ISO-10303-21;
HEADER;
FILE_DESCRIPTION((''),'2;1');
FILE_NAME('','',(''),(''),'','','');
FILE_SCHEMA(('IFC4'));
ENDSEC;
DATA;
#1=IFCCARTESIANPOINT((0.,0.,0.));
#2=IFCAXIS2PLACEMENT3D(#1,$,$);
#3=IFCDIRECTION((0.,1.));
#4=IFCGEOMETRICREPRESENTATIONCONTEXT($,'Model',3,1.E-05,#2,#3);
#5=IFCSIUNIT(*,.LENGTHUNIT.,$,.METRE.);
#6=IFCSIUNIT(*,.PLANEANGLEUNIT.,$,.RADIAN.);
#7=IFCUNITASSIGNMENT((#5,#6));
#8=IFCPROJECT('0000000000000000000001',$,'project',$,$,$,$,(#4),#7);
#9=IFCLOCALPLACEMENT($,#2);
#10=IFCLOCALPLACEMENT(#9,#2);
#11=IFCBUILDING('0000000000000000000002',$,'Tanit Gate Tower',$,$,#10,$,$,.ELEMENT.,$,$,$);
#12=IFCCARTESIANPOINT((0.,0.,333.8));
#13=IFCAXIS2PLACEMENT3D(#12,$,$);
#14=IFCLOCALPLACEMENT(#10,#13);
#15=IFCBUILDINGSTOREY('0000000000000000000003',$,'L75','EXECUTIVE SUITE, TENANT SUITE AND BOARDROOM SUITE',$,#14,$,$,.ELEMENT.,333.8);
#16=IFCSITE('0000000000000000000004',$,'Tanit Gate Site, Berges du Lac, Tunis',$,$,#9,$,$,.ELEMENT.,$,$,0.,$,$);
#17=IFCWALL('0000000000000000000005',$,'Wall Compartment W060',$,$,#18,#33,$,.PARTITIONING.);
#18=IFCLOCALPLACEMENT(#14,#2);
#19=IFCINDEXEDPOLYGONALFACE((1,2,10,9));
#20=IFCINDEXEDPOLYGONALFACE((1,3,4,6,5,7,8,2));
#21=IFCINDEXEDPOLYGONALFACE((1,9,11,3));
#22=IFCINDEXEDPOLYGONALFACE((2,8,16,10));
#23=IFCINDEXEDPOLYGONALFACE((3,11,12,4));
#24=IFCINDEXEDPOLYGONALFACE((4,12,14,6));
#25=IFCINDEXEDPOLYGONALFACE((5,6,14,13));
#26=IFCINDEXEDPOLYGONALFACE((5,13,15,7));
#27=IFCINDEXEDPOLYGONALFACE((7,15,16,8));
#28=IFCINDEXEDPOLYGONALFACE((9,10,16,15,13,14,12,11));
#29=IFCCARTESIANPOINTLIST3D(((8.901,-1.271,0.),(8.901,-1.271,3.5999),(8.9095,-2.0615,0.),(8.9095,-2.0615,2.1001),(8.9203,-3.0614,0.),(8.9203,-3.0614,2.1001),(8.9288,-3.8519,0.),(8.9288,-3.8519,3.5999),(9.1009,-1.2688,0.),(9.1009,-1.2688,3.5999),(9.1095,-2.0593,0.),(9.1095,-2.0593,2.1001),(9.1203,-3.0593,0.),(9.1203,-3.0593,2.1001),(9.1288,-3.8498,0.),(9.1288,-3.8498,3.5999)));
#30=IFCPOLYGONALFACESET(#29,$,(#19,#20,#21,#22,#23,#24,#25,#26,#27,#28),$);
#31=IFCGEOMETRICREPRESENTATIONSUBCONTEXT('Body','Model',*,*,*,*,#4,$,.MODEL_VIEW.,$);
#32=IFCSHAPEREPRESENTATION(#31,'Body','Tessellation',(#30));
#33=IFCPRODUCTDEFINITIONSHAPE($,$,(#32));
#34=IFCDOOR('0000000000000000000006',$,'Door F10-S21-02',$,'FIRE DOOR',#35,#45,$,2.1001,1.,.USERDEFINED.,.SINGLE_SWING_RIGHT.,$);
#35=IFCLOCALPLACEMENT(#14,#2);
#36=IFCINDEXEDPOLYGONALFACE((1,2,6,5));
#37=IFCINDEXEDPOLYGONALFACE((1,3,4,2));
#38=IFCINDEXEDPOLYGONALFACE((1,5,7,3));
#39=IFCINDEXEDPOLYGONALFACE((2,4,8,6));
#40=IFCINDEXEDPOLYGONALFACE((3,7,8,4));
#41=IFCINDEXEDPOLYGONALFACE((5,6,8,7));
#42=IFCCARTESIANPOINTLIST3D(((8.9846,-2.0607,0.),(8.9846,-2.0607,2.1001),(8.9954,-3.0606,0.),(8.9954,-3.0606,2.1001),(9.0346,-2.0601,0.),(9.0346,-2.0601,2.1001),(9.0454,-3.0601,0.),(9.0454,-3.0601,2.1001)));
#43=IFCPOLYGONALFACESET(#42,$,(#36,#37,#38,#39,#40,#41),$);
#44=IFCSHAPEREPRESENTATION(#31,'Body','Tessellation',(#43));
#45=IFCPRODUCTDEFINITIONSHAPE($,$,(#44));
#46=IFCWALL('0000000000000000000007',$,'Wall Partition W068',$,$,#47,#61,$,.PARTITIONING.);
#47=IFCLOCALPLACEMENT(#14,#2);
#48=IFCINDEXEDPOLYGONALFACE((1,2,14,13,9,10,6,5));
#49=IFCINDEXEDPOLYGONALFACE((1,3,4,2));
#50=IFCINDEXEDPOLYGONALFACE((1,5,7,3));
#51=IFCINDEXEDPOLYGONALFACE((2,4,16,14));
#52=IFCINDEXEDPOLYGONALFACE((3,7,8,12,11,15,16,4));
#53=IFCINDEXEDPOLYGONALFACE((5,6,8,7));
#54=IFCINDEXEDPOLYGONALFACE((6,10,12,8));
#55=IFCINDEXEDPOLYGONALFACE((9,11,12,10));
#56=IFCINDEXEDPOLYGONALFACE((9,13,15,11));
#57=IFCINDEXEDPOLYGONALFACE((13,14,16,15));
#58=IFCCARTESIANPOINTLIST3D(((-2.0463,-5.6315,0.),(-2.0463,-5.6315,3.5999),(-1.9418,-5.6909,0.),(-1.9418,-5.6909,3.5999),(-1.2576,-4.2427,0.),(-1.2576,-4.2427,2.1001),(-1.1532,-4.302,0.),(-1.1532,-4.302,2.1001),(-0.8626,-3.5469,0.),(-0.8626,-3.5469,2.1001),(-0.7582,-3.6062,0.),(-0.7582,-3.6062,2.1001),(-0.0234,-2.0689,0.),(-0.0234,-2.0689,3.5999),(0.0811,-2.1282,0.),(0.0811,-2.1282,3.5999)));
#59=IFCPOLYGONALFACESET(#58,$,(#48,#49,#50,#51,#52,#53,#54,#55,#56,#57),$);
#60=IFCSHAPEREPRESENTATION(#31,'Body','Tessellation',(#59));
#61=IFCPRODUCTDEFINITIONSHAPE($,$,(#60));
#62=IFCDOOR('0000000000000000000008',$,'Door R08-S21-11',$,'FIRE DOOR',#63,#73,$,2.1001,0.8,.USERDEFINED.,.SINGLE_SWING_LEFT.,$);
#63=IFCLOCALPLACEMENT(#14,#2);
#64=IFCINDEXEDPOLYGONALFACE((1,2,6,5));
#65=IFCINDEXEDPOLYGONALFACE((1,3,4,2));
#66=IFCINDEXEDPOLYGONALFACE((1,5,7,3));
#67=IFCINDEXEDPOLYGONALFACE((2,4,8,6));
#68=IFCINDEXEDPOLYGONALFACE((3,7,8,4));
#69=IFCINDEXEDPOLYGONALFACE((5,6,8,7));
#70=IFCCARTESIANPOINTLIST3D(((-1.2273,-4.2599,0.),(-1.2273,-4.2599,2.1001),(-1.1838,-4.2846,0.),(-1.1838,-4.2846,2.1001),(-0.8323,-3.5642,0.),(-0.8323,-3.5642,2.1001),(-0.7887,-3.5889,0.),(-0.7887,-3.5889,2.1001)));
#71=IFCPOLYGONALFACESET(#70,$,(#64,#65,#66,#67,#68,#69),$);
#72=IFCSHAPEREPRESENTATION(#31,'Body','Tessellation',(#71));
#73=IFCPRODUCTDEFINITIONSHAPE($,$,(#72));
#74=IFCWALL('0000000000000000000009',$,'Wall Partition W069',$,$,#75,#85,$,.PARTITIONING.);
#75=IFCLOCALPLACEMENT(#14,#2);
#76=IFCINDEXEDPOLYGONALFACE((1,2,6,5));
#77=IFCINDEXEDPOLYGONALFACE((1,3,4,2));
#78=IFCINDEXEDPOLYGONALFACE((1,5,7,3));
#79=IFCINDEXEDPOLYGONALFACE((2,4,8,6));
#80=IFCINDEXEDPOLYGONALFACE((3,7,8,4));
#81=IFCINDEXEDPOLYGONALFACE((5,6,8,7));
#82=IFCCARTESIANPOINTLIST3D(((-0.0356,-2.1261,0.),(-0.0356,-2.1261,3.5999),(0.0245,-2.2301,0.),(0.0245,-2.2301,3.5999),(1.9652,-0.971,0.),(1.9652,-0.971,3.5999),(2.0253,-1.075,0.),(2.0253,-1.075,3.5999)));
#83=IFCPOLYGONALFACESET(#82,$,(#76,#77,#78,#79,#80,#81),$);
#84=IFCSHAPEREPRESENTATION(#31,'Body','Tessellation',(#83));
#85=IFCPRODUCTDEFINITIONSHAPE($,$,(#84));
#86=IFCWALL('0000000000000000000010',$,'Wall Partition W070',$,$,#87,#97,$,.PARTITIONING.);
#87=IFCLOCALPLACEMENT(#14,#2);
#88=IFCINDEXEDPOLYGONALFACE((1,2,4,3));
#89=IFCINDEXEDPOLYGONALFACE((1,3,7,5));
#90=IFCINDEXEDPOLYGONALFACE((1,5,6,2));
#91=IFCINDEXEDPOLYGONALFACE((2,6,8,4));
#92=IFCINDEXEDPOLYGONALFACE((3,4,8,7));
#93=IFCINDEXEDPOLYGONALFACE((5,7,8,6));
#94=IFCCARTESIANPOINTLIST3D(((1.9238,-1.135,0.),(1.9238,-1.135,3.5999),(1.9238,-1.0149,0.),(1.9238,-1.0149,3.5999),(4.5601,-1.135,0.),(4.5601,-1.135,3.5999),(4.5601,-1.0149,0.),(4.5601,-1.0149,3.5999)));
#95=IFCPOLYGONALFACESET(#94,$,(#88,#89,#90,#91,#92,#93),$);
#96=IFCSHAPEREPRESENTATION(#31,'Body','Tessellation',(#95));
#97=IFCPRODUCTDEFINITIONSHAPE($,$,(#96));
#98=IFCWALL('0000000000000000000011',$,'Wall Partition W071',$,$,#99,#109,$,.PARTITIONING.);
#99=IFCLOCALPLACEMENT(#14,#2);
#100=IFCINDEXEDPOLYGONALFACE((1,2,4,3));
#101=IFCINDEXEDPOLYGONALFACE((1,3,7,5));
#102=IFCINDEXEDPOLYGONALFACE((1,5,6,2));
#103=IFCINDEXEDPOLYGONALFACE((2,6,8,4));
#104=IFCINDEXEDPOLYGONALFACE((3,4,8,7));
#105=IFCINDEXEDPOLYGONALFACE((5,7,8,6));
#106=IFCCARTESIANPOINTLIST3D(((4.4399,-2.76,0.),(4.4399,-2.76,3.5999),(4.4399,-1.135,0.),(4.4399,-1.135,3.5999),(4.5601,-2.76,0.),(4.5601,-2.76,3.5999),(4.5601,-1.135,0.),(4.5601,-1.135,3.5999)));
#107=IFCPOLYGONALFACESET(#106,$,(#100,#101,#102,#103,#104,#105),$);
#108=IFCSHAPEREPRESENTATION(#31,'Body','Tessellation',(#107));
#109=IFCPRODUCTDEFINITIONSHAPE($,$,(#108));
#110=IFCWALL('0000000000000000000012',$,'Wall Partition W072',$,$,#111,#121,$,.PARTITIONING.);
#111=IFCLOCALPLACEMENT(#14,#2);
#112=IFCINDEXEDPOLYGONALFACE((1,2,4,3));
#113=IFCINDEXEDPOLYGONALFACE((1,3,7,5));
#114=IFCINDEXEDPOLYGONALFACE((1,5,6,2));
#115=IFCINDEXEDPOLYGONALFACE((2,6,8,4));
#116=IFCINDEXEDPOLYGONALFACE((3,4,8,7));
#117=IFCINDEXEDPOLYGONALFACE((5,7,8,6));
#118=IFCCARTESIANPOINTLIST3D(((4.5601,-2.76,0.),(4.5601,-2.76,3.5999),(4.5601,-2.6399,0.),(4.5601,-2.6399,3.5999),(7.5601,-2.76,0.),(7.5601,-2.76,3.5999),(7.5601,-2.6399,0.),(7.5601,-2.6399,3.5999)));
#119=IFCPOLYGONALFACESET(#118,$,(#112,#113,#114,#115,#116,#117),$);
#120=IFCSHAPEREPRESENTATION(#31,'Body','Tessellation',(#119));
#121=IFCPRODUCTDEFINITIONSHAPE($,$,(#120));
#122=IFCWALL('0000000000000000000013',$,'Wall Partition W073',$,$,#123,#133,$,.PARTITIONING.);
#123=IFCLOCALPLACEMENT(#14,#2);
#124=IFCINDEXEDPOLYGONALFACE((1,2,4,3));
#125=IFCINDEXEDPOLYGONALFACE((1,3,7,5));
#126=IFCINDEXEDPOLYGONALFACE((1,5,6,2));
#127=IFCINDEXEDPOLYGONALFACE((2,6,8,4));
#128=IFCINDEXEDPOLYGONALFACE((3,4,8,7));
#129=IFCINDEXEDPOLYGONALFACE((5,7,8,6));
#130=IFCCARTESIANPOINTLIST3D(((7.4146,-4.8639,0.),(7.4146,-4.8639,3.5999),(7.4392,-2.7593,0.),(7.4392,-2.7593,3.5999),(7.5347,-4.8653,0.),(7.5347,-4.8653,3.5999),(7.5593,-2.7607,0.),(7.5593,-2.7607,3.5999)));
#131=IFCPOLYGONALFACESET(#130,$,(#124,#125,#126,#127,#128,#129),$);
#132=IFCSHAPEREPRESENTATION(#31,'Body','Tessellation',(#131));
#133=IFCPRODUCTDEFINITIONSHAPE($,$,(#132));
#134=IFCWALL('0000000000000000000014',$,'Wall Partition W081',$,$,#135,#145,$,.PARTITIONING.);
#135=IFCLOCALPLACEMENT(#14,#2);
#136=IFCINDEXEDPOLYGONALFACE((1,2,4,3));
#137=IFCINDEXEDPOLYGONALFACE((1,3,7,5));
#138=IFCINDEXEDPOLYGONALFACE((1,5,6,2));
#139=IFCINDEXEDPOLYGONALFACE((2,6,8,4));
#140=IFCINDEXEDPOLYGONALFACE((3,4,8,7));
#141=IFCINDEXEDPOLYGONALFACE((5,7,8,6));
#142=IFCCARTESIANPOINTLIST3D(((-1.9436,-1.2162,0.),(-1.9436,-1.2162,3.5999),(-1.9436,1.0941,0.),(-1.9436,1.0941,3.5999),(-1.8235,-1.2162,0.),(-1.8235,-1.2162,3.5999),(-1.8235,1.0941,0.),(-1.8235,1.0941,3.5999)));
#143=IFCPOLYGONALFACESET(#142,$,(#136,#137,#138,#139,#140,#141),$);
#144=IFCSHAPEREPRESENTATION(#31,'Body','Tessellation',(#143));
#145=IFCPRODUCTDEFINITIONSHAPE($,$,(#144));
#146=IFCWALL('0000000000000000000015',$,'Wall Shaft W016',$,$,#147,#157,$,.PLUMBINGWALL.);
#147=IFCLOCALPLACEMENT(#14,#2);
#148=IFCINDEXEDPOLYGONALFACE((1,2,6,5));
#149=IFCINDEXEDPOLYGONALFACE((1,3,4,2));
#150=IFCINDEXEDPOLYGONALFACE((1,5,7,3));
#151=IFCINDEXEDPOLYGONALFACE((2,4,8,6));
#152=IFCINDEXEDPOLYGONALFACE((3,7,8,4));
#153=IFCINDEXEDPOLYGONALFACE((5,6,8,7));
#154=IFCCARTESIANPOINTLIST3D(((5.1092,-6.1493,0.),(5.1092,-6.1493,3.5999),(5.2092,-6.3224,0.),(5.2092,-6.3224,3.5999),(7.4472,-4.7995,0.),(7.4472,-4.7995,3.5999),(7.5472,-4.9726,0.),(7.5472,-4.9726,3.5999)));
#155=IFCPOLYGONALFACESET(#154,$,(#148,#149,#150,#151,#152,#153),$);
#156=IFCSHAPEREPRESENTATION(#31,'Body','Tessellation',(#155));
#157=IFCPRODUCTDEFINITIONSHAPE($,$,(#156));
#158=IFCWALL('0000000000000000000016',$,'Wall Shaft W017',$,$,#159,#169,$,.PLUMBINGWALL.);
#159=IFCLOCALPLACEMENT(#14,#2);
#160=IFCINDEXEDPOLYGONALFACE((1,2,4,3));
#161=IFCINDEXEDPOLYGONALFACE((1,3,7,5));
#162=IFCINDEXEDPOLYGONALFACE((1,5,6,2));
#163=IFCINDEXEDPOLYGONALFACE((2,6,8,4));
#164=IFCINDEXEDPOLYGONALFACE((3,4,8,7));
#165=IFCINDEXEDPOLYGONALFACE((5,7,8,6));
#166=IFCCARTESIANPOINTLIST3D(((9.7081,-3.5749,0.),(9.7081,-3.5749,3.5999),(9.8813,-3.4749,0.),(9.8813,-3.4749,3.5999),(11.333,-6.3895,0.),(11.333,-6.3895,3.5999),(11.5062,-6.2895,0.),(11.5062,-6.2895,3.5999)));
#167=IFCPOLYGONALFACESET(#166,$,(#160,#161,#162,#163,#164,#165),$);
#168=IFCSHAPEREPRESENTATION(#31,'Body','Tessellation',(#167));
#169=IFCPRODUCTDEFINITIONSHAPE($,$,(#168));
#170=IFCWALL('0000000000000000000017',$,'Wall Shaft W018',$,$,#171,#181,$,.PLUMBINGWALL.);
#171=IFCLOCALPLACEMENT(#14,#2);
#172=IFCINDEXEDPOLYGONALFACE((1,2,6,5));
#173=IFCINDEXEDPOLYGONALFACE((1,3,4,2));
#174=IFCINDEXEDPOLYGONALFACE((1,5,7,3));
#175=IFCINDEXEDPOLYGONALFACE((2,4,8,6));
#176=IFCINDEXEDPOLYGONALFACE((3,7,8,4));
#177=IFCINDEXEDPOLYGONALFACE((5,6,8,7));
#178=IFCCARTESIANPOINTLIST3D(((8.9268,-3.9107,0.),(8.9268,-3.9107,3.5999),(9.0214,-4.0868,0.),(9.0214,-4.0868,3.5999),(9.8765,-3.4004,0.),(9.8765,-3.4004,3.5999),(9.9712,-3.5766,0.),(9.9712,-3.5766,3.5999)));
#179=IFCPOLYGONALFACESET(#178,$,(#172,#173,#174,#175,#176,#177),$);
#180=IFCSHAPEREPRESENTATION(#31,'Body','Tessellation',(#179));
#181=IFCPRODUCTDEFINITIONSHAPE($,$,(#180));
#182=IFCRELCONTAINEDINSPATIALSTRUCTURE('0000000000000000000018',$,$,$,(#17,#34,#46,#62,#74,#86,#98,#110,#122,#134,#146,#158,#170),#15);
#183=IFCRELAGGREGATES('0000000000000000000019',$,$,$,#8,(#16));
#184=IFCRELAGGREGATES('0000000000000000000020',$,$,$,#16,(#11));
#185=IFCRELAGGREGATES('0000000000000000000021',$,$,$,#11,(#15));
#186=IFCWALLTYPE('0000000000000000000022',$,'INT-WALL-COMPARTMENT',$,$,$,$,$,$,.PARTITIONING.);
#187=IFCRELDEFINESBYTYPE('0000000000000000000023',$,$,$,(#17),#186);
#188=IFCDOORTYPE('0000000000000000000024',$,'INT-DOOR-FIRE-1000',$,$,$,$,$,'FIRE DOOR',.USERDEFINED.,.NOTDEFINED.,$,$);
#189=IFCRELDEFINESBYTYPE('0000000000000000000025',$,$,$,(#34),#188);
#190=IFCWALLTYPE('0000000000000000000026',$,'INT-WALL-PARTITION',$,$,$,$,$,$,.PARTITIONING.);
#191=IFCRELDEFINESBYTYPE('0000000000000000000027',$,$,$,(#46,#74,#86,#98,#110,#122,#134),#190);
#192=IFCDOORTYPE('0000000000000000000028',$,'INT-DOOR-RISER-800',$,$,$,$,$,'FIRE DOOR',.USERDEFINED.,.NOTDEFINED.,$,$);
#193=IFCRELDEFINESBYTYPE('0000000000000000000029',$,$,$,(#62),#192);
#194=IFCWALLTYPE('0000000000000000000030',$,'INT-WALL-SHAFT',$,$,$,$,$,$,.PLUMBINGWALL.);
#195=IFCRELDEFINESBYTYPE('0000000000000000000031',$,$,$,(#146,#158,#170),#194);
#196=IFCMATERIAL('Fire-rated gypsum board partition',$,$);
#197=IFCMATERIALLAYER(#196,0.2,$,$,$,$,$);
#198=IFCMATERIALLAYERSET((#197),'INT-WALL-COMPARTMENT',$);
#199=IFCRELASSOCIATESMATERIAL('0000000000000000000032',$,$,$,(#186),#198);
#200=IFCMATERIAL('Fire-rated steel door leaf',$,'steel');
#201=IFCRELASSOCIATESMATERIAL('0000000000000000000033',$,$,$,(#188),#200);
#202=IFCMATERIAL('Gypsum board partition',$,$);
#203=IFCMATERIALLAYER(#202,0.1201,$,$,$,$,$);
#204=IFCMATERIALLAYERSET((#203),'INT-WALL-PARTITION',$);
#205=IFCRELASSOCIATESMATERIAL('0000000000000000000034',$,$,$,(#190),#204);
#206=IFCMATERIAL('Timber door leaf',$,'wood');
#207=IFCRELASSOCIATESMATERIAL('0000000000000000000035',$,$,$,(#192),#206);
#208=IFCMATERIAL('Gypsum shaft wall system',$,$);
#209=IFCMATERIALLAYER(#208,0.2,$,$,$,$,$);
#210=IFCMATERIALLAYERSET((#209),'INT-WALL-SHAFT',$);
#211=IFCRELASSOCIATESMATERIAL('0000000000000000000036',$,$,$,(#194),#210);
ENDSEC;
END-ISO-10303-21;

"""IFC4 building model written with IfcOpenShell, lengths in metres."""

from ifc_helpers import new_model, si_unit, direction, frame, frame_2d, origin, place, context, subcontext, project, spatial, rectangle, extrude, material, layer, layer_set, type_object, element, fill, save


model = new_model("IFC4")

# Units and contexts
model_context = context("Model", 3, precision=1e-05, world=origin(), true_north=direction((0.0, 1.0)))
body_context = subcontext(model_context, "Body", "Model", "MODEL_VIEW")
ifc_project = project(units=[si_unit("LENGTHUNIT", "METRE"), si_unit("PLANEANGLEUNIT", "RADIAN")], contexts=[model_context])

# Site, building, storey
site_placement = place(None, origin())
site = spatial("IfcSite", under=ifc_project, at=site_placement, Name="Tanit Gate Site, Berges du Lac, Tunis", CompositionType="ELEMENT", RefElevation=0.0)
building_placement = place(site_placement, origin())
building = spatial("IfcBuilding", under=site, at=building_placement, Name="Tanit Gate Tower", CompositionType="ELEMENT")
storey_placement = place(building_placement, frame((0.0, 0.0, 333.8)))
storey = spatial("IfcBuildingStorey", under=building, at=storey_placement, Name="L75", Description="EXECUTIVE SUITE, TENANT SUITE AND BOARDROOM SUITE", CompositionType="ELEMENT", Elevation=333.8)

# Walls, openings, doors
ifc_material_1 = material(Name="Fire-rated gypsum board partition")
ifc_layer_1 = layer(ifc_material_1, 0.2)
ifc_layer_set_1 = layer_set([ifc_layer_1], Name="INT-WALL-COMPARTMENT")
wall_type_1 = type_object("IfcWallType", Name="INT-WALL-COMPARTMENT", PredefinedType="PARTITIONING", material=ifc_layer_set_1)
wall_1_placement = place(storey_placement, frame((9.0288, -3.8508, 0.0), z_axis=(0.0, 0.0, 1.0), x_axis=(-0.010784, 0.999942, 0.0)))
wall_1 = element("IfcWall", 1, at=wall_1_placement, inside=storey, type_object=wall_type_1, Name="Wall Compartment W060", PredefinedType="PARTITIONING", context=body_context, shape_type="SweptSolid", body=[
    extrude(rectangle(XDim=2.5811, YDim=0.2, at=frame_2d((1.2905, 0.0))), origin(), (0.0, 0.0, 1.0), 3.5999),
])
opening_1_placement = place(wall_1_placement, frame((0.7905, 0.0, 0.0)))
opening_1 = element("IfcOpeningElement", 2, at=opening_1_placement, cuts=wall_1, PredefinedType="OPENING", context=body_context, shape_type="SweptSolid", body=[
    extrude(rectangle(XDim=1.0, YDim=2.1001, at=frame_2d((0.5, 1.05))), frame((0.0, 0.1099, 0.0), z_axis=(0.0, -1.0, 0.0), x_axis=(1.0, 0.0, 0.0)), (0.0, 0.0, 1.0), 0.22),
])
ifc_material_2 = material(Name="Fire-rated steel door leaf", Category="steel")
door_type_1 = type_object("IfcDoorType", Name="INT-DOOR-FIRE-1000", ElementType="FIRE DOOR", OperationType="NOTDEFINED", PredefinedType="USERDEFINED", material=ifc_material_2)
door_1_placement = place(opening_1_placement, origin())
door_1 = element("IfcDoor", 3, at=door_1_placement, inside=storey, type_object=door_type_1, Name="Door F10-S21-02", ObjectType="FIRE DOOR", OperationType="SINGLE_SWING_RIGHT", OverallHeight=2.1001, OverallWidth=1.0, PredefinedType="USERDEFINED", context=body_context, shape_type="SweptSolid", body=[
    extrude(rectangle(XDim=1.0, YDim=2.1001, at=frame_2d((0.5, 1.05))), frame((0.0, 0.0249, 0.0), z_axis=(0.0, -1.0, 0.0), x_axis=(1.0, 0.0, 0.0)), (0.0, 0.0, 1.0), 0.05),
])
fill(opening_1, door_1)
ifc_material_3 = material(Name="Gypsum board partition")
ifc_layer_2 = layer(ifc_material_3, 0.1201)
ifc_layer_set_2 = layer_set([ifc_layer_2], Name="INT-WALL-PARTITION")
wall_type_2 = type_object("IfcWallType", Name="INT-WALL-PARTITION", PredefinedType="PARTITIONING", material=ifc_layer_set_2)
wall_2_placement = place(storey_placement, frame((0.0288, -2.0986, 0.0), z_axis=(0.0, 0.0, 1.0), x_axis=(-0.493763, -0.869597, 0.0)))
wall_2 = element("IfcWall", 4, at=wall_2_placement, inside=storey, type_object=wall_type_2, Name="Wall Partition W068", PredefinedType="PARTITIONING", context=body_context, shape_type="SweptSolid", body=[
    extrude(rectangle(XDim=4.0969, YDim=0.1201, at=frame_2d((2.0483, 0.0))), origin(), (0.0, 0.0, 1.0), 3.5999),
])
opening_2_placement = place(wall_2_placement, frame((1.6997, 0.0, 0.0)))
opening_2 = element("IfcOpeningElement", 5, at=opening_2_placement, cuts=wall_2, PredefinedType="OPENING", context=body_context, shape_type="SweptSolid", body=[
    extrude(rectangle(XDim=0.8, YDim=2.1001, at=frame_2d((0.3999, 1.05))), frame((0.0, 0.0701, 0.0), z_axis=(0.0, -1.0, 0.0), x_axis=(1.0, 0.0, 0.0)), (0.0, 0.0, 1.0), 0.1401),
])
ifc_material_4 = material(Name="Timber door leaf", Category="wood")
door_type_2 = type_object("IfcDoorType", Name="INT-DOOR-RISER-800", ElementType="FIRE DOOR", OperationType="NOTDEFINED", PredefinedType="USERDEFINED", material=ifc_material_4)
door_2_placement = place(opening_2_placement, origin())
door_2 = element("IfcDoor", 6, at=door_2_placement, inside=storey, type_object=door_type_2, Name="Door R08-S21-11", ObjectType="FIRE DOOR", OperationType="SINGLE_SWING_LEFT", OverallHeight=2.1001, OverallWidth=0.8, PredefinedType="USERDEFINED", context=body_context, shape_type="SweptSolid", body=[
    extrude(rectangle(XDim=0.8, YDim=2.1001, at=frame_2d((0.3999, 1.05))), frame((0.0, 0.0249, 0.0), z_axis=(0.0, -1.0, 0.0), x_axis=(1.0, 0.0, 0.0)), (0.0, 0.0, 1.0), 0.05),
])
fill(opening_2, door_2)

# Walls
wall_3_placement = place(storey_placement, frame((1.9954, -1.0229, 0.0), z_axis=(0.0, 0.0, 1.0), x_axis=(-0.866043, -0.499969, 0.0)))
element("IfcWall", 7, at=wall_3_placement, inside=storey, type_object=wall_type_2, Name="Wall Partition W069", PredefinedType="PARTITIONING", context=body_context, shape_type="SweptSolid", body=[
    extrude(rectangle(XDim=2.3103, YDim=0.1201, at=frame_2d((1.1553, 0.0))), origin(), (0.0, 0.0, 1.0), 3.5999),
])
wall_4_placement = place(storey_placement, frame((4.5601, -1.075, 0.0), z_axis=(0.0, 0.0, 1.0), x_axis=(-1.0, 0.0, 0.0)))
element("IfcWall", 8, at=wall_4_placement, inside=storey, type_object=wall_type_2, Name="Wall Partition W070", PredefinedType="PARTITIONING", context=body_context, shape_type="SweptSolid", body=[
    extrude(rectangle(XDim=2.6362, YDim=0.1201, at=frame_2d((1.3181, 0.0))), origin(), (0.0, 0.0, 1.0), 3.5999),
])
wall_5_placement = place(storey_placement, frame((4.5, -2.76, 0.0), z_axis=(0.0, 0.0, 1.0), x_axis=(0.0, 1.0, 0.0)))
element("IfcWall", 9, at=wall_5_placement, inside=storey, type_object=wall_type_2, Name="Wall Partition W071", PredefinedType="PARTITIONING", context=body_context, shape_type="SweptSolid", body=[
    extrude(rectangle(XDim=1.625, YDim=0.1201, at=frame_2d((0.8125, 0.0))), origin(), (0.0, 0.0, 1.0), 3.5999),
])
wall_6_placement = place(storey_placement, frame((7.5601, -2.7, 0.0), z_axis=(0.0, 0.0, 1.0), x_axis=(-1.0, 0.0, 0.0)))
element("IfcWall", 10, at=wall_6_placement, inside=storey, type_object=wall_type_2, Name="Wall Partition W072", PredefinedType="PARTITIONING", context=body_context, shape_type="SweptSolid", body=[
    extrude(rectangle(XDim=3.0, YDim=0.1201, at=frame_2d((1.5, 0.0))), origin(), (0.0, 0.0, 1.0), 3.5999),
])
wall_7_placement = place(storey_placement, frame((7.4746, -4.8645, 0.0), z_axis=(0.0, 0.0, 1.0), x_axis=(0.011716, 0.999931, 0.0)))
element("IfcWall", 11, at=wall_7_placement, inside=storey, type_object=wall_type_2, Name="Wall Partition W073", PredefinedType="PARTITIONING", context=body_context, shape_type="SweptSolid", body=[
    extrude(rectangle(XDim=2.1047, YDim=0.1201, at=frame_2d((1.0522, 0.0))), origin(), (0.0, 0.0, 1.0), 3.5999),
])
wall_8_placement = place(storey_placement, frame((-1.8835, -1.2163, 0.0), z_axis=(0.0, 0.0, 1.0), x_axis=(0.0, 1.0, 0.0)))
element("IfcWall", 12, at=wall_8_placement, inside=storey, type_object=wall_type_2, Name="Wall Partition W081", PredefinedType="PARTITIONING", context=body_context, shape_type="SweptSolid", body=[
    extrude(rectangle(XDim=2.3103, YDim=0.1201, at=frame_2d((1.1553, 0.0))), origin(), (0.0, 0.0, 1.0), 3.5999),
])
ifc_material_5 = material(Name="Gypsum shaft wall system")
ifc_layer_3 = layer(ifc_material_5, 0.2)
ifc_layer_set_3 = layer_set([ifc_layer_3], Name="INT-WALL-SHAFT")
wall_type_3 = type_object("IfcWallType", Name="INT-WALL-SHAFT", PredefinedType="PLUMBINGWALL", material=ifc_layer_set_3)
wall_9_placement = place(storey_placement, frame((5.1592, -6.2358, 0.0), z_axis=(0.0, 0.0, 1.0), x_axis=(0.866037, 0.499981, 0.0)))
element("IfcWall", 13, at=wall_9_placement, inside=storey, type_object=wall_type_3, Name="Wall Shaft W016", PredefinedType="PLUMBINGWALL", context=body_context, shape_type="SweptSolid", body=[
    extrude(rectangle(XDim=2.6997, YDim=0.2, at=frame_2d((1.3499, 0.0))), origin(), (0.0, 0.0, 1.0), 3.5999),
])
wall_10_placement = place(storey_placement, frame((9.7947, -3.5249, 0.0), z_axis=(0.0, 0.0, 1.0), x_axis=(0.499985, -0.866034, 0.0)))
element("IfcWall", 14, at=wall_10_placement, inside=storey, type_object=wall_type_3, Name="Wall Shaft W017", PredefinedType="PLUMBINGWALL", context=body_context, shape_type="SweptSolid", body=[
    extrude(rectangle(XDim=3.25, YDim=0.2, at=frame_2d((1.625, 0.0))), origin(), (0.0, 0.0, 1.0), 3.5999),
])
wall_11_placement = place(storey_placement, frame((8.9741, -3.9988, 0.0), z_axis=(0.0, 0.0, 1.0), x_axis=(0.880907, 0.473289, 0.0)))
element("IfcWall", 15, at=wall_11_placement, inside=storey, type_object=wall_type_3, Name="Wall Shaft W018", PredefinedType="PLUMBINGWALL", context=body_context, shape_type="SweptSolid", body=[
    extrude(rectangle(XDim=1.0781, YDim=0.2, at=frame_2d((0.5391, 0.0))), origin(), (0.0, 0.0, 1.0), 3.5999),
])

save(model, "model.ifc")
